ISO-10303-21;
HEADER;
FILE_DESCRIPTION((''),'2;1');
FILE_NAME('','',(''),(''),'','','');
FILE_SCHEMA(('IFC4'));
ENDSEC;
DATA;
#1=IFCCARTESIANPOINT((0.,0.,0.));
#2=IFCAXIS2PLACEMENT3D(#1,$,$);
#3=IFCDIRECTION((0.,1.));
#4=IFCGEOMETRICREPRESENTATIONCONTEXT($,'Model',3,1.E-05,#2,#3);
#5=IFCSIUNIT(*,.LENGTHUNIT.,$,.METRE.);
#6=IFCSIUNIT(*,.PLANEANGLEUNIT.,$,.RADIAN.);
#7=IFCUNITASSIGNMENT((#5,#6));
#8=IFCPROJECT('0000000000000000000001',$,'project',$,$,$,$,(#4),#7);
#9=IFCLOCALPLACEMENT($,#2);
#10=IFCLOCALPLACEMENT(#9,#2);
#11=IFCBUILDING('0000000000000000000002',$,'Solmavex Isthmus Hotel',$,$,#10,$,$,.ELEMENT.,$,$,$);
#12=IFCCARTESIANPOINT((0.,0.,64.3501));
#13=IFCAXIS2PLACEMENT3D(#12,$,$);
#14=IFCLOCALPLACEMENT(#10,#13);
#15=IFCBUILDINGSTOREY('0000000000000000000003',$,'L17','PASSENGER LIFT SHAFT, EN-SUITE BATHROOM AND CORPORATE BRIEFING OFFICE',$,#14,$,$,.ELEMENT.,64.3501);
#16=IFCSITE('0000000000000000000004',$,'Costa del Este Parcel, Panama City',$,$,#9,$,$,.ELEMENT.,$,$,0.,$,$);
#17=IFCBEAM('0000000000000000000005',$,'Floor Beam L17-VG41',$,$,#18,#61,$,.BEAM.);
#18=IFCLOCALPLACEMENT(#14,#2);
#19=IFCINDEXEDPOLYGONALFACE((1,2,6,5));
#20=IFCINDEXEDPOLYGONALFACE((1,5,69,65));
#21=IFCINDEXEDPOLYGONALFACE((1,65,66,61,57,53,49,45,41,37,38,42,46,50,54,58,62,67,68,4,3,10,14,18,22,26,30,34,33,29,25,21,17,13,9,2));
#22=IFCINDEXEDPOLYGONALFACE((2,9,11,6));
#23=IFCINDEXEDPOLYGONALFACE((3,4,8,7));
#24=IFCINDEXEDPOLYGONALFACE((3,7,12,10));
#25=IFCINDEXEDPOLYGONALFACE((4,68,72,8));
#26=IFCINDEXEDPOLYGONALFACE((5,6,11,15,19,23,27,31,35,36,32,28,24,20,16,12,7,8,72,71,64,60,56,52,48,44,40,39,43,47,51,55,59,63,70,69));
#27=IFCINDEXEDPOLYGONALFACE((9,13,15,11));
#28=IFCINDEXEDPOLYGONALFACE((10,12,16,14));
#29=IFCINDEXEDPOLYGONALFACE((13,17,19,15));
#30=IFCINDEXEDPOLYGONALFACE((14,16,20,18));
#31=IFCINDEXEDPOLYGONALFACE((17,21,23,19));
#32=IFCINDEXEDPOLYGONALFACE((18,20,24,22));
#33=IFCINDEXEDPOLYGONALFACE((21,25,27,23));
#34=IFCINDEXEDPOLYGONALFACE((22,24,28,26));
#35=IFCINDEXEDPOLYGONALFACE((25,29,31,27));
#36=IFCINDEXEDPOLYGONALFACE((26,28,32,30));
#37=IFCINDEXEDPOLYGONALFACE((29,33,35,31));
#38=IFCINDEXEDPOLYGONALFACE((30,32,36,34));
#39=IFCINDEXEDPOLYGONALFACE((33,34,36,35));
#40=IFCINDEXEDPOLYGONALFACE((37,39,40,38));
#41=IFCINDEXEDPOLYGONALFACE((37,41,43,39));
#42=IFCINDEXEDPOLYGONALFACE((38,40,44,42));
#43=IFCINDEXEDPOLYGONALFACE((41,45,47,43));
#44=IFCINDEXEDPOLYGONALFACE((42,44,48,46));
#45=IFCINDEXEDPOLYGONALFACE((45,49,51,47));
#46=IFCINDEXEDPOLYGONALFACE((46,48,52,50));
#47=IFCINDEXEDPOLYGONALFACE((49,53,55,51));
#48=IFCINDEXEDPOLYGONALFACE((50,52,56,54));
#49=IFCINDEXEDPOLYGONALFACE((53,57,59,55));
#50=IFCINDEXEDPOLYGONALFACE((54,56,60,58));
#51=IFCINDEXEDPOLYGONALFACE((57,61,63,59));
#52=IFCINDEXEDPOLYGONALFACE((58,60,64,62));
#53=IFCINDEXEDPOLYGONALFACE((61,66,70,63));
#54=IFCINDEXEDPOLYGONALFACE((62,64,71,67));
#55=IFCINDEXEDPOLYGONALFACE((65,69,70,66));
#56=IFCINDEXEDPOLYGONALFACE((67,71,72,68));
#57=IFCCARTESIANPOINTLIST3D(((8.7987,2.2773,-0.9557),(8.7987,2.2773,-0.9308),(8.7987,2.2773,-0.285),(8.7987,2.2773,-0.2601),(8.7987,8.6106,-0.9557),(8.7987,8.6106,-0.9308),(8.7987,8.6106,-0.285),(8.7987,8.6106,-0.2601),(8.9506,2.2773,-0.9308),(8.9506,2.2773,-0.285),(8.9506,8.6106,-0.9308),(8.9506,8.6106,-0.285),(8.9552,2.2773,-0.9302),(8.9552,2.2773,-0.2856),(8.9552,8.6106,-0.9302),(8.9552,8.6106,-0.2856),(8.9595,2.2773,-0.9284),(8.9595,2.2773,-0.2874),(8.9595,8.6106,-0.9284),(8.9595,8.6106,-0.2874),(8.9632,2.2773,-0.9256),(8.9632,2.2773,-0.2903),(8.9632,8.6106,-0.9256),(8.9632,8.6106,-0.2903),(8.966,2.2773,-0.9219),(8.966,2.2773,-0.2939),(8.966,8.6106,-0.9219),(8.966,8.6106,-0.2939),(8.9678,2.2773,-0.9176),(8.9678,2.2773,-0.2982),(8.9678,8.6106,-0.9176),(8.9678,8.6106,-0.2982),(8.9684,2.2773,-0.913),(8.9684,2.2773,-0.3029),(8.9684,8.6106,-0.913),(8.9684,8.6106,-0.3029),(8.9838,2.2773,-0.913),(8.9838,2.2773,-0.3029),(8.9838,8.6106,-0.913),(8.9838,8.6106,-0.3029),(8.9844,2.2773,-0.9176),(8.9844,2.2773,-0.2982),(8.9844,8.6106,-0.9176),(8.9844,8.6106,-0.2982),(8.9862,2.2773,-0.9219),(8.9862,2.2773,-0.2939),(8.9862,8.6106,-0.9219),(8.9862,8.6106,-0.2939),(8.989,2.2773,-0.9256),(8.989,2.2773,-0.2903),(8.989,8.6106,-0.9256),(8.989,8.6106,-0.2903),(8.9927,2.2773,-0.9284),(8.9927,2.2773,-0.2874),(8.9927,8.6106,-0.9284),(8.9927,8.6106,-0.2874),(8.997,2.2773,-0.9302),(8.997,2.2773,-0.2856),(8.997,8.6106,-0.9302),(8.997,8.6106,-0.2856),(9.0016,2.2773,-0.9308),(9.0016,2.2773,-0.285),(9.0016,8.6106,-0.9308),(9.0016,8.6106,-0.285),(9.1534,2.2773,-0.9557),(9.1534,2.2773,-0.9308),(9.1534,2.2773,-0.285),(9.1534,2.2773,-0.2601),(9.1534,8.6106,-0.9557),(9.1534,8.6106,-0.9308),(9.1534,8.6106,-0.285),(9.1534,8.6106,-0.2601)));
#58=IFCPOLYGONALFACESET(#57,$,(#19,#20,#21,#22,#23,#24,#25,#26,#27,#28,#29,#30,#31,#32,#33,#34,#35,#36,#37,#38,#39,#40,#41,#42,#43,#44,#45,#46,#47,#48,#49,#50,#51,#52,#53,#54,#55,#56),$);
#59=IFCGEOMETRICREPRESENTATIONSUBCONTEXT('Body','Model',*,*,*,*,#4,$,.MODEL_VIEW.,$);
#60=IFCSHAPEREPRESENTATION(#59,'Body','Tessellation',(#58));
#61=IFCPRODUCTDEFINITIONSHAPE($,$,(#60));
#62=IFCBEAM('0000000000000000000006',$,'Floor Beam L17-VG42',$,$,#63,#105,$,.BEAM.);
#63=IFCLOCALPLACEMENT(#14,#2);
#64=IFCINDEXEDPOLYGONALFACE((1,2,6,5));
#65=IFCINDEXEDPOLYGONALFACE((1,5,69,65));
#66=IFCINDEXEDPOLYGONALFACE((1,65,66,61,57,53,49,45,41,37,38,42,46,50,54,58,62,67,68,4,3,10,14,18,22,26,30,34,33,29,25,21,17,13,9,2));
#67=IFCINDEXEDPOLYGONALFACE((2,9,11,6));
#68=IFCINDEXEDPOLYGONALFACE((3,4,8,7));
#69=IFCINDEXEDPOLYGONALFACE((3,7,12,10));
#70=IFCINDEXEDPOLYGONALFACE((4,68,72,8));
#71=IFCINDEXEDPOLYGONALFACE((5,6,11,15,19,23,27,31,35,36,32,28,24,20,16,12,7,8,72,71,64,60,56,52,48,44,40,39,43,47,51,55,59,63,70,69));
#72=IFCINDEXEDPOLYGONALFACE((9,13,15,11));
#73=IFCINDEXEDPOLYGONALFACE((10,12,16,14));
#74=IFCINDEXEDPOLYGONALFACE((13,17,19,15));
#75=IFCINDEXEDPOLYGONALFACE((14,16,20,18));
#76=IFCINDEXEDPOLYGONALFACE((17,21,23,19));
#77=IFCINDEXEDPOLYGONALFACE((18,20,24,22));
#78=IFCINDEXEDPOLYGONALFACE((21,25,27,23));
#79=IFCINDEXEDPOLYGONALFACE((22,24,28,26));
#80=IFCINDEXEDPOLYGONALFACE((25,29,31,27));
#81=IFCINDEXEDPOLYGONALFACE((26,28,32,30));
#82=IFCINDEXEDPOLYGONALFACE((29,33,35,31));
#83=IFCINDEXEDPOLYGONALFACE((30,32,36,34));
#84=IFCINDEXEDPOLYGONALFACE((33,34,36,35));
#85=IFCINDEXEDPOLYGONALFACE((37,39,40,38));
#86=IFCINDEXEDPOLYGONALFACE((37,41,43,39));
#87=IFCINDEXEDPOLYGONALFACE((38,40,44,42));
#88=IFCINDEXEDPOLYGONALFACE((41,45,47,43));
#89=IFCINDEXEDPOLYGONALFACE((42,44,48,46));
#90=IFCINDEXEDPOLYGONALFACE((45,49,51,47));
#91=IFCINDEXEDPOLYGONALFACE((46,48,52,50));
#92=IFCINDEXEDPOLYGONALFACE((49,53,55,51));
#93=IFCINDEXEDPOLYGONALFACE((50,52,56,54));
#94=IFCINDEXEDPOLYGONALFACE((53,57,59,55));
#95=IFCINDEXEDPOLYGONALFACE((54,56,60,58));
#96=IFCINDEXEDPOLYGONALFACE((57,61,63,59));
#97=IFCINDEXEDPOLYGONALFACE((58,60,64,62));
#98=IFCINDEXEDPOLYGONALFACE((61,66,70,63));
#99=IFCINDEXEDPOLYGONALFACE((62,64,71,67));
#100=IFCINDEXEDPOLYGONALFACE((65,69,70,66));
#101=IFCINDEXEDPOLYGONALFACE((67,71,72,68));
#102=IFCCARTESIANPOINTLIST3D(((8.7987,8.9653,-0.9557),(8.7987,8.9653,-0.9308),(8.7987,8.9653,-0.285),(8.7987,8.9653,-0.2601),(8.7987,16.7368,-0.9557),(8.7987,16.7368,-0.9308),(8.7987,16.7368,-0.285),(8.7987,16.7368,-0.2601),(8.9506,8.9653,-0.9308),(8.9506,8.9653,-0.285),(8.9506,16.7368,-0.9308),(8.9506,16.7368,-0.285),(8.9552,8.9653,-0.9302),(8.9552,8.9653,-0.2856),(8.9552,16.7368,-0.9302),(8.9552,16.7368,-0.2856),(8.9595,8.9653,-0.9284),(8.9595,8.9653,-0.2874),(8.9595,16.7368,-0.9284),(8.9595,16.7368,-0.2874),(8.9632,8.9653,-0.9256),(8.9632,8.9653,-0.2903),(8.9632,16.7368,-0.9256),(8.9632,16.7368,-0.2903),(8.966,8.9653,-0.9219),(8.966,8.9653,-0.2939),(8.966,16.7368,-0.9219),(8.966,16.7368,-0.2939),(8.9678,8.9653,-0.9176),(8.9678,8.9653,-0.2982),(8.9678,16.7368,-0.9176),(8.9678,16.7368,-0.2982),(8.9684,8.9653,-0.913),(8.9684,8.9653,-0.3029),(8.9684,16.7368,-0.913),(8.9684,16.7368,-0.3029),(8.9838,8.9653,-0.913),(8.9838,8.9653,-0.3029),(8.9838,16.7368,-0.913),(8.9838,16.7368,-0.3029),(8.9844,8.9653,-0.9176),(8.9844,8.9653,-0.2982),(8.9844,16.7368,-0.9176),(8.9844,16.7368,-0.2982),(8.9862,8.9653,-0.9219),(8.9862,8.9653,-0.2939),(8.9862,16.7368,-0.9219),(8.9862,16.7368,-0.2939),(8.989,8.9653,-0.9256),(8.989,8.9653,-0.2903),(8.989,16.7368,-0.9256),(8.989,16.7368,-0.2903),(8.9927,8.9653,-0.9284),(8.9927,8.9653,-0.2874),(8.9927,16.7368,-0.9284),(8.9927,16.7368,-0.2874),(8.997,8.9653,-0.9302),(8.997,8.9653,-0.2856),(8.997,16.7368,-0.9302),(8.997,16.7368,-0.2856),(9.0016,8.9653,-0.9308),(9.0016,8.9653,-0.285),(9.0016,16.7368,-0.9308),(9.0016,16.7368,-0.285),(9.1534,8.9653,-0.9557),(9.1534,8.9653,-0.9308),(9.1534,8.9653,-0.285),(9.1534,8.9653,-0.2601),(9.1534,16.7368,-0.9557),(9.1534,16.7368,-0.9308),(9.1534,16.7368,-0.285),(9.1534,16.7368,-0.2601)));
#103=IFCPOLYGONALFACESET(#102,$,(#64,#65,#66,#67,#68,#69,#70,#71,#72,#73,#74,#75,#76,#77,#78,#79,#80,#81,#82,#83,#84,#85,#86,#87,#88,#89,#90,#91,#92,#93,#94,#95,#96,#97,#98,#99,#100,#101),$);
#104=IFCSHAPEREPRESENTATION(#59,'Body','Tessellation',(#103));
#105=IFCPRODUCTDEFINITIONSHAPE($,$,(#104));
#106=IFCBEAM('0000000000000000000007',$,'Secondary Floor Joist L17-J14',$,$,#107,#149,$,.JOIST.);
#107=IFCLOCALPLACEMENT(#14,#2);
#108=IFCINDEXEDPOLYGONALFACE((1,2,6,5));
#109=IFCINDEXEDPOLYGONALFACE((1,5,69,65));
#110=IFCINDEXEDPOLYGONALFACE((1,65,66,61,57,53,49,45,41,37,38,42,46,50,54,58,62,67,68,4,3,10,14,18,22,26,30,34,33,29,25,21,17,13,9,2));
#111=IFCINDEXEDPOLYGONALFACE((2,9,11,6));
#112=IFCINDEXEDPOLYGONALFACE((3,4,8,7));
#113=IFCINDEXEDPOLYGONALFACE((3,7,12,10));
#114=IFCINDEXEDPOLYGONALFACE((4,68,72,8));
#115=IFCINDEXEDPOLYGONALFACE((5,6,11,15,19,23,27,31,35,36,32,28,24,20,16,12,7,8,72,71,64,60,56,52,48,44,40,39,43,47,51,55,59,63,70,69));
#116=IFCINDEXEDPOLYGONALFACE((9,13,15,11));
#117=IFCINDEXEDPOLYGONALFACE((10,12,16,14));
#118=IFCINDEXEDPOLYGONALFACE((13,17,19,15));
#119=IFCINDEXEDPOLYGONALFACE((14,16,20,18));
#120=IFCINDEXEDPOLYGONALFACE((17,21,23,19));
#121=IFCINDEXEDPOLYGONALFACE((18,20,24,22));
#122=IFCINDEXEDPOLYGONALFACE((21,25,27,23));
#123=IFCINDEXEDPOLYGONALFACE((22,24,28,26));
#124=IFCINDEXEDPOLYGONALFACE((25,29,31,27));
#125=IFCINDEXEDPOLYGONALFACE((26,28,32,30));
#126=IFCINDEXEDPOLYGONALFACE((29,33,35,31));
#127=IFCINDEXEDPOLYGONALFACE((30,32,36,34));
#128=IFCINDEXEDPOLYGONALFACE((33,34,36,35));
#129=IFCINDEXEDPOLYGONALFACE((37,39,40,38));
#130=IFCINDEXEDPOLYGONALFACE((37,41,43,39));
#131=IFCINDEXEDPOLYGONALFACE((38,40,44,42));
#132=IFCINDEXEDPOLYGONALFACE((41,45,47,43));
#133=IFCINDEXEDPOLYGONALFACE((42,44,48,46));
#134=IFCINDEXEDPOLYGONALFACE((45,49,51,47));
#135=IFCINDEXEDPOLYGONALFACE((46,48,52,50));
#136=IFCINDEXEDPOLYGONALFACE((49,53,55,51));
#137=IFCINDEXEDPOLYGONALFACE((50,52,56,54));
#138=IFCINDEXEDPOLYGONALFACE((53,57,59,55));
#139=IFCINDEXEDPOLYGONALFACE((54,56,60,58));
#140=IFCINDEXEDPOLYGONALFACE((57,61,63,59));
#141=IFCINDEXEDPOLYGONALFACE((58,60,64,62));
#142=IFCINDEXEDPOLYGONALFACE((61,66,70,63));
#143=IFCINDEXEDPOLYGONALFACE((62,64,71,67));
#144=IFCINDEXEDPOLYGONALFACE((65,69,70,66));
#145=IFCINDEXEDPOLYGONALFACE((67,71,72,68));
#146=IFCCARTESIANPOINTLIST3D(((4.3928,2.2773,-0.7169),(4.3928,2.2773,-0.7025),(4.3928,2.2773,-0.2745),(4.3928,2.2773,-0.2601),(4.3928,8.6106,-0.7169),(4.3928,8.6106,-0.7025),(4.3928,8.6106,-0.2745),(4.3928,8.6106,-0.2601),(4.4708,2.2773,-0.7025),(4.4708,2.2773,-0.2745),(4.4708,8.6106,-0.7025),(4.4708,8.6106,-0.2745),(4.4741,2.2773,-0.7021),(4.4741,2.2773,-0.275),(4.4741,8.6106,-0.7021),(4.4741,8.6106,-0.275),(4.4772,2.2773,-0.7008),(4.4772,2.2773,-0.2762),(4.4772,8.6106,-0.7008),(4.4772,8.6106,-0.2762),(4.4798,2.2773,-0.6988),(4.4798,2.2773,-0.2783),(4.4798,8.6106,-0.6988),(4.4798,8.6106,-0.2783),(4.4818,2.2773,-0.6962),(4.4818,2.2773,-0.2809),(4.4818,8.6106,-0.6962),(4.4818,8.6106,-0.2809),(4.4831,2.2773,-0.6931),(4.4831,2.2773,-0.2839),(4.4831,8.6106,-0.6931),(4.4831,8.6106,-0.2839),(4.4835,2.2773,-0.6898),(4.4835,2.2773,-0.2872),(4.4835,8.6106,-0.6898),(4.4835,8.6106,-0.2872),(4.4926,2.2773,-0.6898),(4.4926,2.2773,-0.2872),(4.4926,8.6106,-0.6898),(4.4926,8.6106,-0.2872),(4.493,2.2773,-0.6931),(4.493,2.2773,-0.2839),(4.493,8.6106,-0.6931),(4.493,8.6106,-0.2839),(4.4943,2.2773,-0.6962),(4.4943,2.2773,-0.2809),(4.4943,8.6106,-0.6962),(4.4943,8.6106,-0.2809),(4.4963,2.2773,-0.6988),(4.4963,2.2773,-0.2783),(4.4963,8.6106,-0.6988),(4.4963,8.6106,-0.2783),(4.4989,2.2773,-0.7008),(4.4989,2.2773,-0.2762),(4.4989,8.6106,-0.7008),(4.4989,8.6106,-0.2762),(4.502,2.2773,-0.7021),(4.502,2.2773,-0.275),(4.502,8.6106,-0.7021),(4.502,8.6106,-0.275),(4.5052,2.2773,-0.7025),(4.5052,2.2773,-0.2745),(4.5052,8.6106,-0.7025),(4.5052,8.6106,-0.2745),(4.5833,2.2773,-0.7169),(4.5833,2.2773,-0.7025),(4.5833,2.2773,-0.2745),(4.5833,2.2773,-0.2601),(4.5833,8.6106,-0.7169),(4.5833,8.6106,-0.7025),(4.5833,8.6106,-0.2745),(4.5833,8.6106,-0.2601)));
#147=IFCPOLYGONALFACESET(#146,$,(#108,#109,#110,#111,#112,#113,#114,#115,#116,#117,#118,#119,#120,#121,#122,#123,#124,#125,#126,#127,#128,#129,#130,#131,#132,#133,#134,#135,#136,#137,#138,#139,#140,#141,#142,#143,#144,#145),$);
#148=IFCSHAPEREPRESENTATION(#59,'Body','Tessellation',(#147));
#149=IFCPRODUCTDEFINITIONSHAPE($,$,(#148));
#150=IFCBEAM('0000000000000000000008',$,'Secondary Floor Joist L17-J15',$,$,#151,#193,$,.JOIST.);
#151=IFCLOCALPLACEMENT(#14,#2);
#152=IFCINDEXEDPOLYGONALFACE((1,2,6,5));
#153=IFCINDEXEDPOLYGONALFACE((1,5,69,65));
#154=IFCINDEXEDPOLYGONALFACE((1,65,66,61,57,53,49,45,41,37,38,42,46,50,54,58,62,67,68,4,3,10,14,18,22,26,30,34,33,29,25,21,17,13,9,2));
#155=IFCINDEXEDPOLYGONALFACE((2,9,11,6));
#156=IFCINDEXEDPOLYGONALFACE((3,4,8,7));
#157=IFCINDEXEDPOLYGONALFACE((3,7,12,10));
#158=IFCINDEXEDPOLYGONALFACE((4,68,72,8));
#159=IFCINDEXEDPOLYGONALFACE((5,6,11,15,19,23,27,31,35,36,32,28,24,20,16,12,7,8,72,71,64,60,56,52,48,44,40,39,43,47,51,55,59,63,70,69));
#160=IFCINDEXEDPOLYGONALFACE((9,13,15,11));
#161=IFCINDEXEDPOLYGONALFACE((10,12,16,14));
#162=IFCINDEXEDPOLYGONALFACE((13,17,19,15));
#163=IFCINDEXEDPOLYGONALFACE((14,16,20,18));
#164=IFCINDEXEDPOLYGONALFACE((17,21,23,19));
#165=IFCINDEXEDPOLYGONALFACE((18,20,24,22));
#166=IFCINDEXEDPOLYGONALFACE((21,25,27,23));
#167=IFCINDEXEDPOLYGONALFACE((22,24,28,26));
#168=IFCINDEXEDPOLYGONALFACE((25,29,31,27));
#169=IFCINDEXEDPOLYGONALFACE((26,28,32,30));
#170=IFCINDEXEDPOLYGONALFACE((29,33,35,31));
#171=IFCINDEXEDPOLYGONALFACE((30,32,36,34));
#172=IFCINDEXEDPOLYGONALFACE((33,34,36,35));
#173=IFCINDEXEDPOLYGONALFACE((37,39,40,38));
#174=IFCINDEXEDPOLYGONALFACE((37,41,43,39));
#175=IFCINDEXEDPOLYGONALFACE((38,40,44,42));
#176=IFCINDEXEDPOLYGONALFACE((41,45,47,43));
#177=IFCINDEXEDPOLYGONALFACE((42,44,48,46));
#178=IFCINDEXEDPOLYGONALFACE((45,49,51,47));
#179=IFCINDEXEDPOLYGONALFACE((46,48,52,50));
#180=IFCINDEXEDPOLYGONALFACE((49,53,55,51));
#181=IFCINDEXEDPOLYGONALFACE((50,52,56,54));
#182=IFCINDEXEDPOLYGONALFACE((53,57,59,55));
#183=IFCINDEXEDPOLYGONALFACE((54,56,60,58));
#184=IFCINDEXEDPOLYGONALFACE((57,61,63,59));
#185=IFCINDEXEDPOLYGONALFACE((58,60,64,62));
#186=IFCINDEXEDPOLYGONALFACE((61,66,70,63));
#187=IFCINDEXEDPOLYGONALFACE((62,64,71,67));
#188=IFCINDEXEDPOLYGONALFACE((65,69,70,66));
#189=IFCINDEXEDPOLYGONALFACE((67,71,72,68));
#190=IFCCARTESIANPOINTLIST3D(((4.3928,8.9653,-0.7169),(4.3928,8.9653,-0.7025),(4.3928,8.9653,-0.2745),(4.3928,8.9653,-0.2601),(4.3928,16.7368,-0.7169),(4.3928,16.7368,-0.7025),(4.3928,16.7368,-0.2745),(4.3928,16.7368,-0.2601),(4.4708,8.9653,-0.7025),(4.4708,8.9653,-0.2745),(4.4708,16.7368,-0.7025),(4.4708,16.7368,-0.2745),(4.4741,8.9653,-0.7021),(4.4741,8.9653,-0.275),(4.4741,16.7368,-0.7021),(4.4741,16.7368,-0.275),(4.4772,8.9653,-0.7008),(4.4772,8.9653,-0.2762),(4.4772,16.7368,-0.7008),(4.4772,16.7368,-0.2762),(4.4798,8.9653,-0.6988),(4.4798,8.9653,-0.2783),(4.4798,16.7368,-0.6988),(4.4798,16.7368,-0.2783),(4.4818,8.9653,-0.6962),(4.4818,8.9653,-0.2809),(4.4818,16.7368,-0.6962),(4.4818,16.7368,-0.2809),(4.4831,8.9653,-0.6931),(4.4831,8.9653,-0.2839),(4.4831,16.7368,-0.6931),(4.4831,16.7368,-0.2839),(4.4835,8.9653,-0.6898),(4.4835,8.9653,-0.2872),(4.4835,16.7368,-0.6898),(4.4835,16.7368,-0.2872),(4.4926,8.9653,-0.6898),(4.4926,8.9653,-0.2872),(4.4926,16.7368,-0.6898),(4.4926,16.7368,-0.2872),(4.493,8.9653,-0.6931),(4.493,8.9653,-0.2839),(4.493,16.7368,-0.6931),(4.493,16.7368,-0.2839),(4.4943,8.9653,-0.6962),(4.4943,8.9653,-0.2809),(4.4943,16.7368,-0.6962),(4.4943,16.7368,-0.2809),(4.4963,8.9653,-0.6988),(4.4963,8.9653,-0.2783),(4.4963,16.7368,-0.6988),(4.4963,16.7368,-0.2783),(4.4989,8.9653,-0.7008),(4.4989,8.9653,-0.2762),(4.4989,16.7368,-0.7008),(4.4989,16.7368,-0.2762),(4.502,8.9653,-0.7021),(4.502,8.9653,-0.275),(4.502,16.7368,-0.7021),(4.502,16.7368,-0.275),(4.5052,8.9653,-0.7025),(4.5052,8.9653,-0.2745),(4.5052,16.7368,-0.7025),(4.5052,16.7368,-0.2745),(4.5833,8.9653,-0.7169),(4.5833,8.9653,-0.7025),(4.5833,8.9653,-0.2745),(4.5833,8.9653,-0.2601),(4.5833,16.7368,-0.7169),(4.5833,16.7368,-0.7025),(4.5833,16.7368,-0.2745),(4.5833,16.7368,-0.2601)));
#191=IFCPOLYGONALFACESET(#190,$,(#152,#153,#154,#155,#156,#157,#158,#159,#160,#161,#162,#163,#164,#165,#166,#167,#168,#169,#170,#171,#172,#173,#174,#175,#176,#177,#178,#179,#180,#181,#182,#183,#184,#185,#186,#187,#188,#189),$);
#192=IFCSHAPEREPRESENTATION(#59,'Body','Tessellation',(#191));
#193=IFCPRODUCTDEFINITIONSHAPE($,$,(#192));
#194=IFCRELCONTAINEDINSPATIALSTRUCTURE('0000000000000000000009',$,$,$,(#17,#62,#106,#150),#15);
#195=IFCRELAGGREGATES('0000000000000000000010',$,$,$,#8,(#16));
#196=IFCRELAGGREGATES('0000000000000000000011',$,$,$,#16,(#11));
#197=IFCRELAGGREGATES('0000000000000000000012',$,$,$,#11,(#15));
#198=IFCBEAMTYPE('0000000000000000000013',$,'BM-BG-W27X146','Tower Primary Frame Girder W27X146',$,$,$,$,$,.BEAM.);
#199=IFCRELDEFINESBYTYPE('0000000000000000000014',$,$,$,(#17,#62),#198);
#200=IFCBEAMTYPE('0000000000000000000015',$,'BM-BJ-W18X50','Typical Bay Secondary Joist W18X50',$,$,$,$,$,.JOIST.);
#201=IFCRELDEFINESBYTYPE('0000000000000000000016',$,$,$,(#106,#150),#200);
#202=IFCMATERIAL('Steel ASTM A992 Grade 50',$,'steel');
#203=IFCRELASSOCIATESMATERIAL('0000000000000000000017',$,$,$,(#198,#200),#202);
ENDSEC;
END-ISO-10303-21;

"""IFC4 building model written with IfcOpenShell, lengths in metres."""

from ifc_helpers import new_model, si_unit, direction, frame, origin, origin_2d, place, context, subcontext, project, spatial, i_section, extrude, material, material_profile, profile_set, type_object, element, save


model = new_model("IFC4")

# Units and contexts
model_context = context("Model", 3, precision=1e-05, world=origin(), true_north=direction((0.0, 1.0)))
body_context = subcontext(model_context, "Body", "Model", "MODEL_VIEW")
ifc_project = project(units=[si_unit("LENGTHUNIT", "METRE"), si_unit("PLANEANGLEUNIT", "RADIAN")], contexts=[model_context])

# Site, building, storey
site_placement = place(None, origin())
site = spatial("IfcSite", under=ifc_project, at=site_placement, Name="Costa del Este Parcel, Panama City", CompositionType="ELEMENT", RefElevation=0.0)
building_placement = place(site_placement, origin())
building = spatial("IfcBuilding", under=site, at=building_placement, Name="Solmavex Isthmus Hotel", CompositionType="ELEMENT")
storey_placement = place(building_placement, frame((0.0, 0.0, 64.3501)))
storey = spatial("IfcBuildingStorey", under=building, at=storey_placement, Name="L17", Description="PASSENGER LIFT SHAFT, EN-SUITE BATHROOM AND CORPORATE BRIEFING OFFICE", CompositionType="ELEMENT", Elevation=64.3501)

# Beams
ifc_material_1 = material(Name="Steel ASTM A992 Grade 50", Category="steel")
ifc_material_profile_1 = material_profile(ifc_material_1, i_section(OverallWidth=0.3547, OverallDepth=0.6956, WebThickness=0.0154, FlangeThickness=0.0249, FilletRadius=0.0178, at=origin_2d()), Name="W27X146")
ifc_profile_set_1 = profile_set([ifc_material_profile_1], Name="Steel ASTM A992 Grade 50")
beam_type_1 = type_object("IfcBeamType", Name="BM-BG-W27X146", Description="Tower Primary Frame Girder W27X146", PredefinedType="BEAM", material=ifc_profile_set_1)
beam_1_placement = place(storey_placement, frame((8.9761, 2.2773, -0.6079), z_axis=(0.0, 1.0, 0.0), x_axis=(-1.0, 0.0, 0.0)))
element("IfcBeam", 1, at=beam_1_placement, inside=storey, type_object=beam_type_1, Name="Floor Beam L17-VG41", PredefinedType="BEAM", context=body_context, shape_type="SweptSolid", body=[
    extrude(i_section(OverallWidth=0.3547, OverallDepth=0.6956, WebThickness=0.0154, FlangeThickness=0.0249, FilletRadius=0.0178, at=origin_2d()), origin(), (0.0, 0.0, 1.0), 6.3333),
])
beam_2_placement = place(storey_placement, frame((8.9761, 8.9653, -0.6079), z_axis=(0.0, 1.0, 0.0), x_axis=(-1.0, 0.0, 0.0)))
element("IfcBeam", 2, at=beam_2_placement, inside=storey, type_object=beam_type_1, Name="Floor Beam L17-VG42", PredefinedType="BEAM", context=body_context, shape_type="SweptSolid", body=[
    extrude(i_section(OverallWidth=0.3547, OverallDepth=0.6956, WebThickness=0.0154, FlangeThickness=0.0249, FilletRadius=0.0178, at=origin_2d()), origin(), (0.0, 0.0, 1.0), 7.7715),
])
ifc_material_profile_2 = material_profile(ifc_material_1, i_section(OverallWidth=0.1904, OverallDepth=0.4568, WebThickness=0.009, FlangeThickness=0.0144, FilletRadius=0.0127, at=origin_2d()), Name="W18X50")
ifc_profile_set_2 = profile_set([ifc_material_profile_2], Name="Steel ASTM A992 Grade 50")
beam_type_2 = type_object("IfcBeamType", Name="BM-BJ-W18X50", Description="Typical Bay Secondary Joist W18X50", PredefinedType="JOIST", material=ifc_profile_set_2)
beam_3_placement = place(storey_placement, frame((4.488, 2.2773, -0.4885), z_axis=(0.0, 1.0, 0.0), x_axis=(-1.0, 0.0, 0.0)))
element("IfcBeam", 3, at=beam_3_placement, inside=storey, type_object=beam_type_2, Name="Secondary Floor Joist L17-J14", PredefinedType="JOIST", context=body_context, shape_type="SweptSolid", body=[
    extrude(i_section(OverallWidth=0.1904, OverallDepth=0.4568, WebThickness=0.009, FlangeThickness=0.0144, FilletRadius=0.0127, at=origin_2d()), origin(), (0.0, 0.0, 1.0), 6.3333),
])
beam_4_placement = place(storey_placement, frame((4.488, 8.9653, -0.4885), z_axis=(0.0, 1.0, 0.0), x_axis=(-1.0, 0.0, 0.0)))
element("IfcBeam", 4, at=beam_4_placement, inside=storey, type_object=beam_type_2, Name="Secondary Floor Joist L17-J15", PredefinedType="JOIST", context=body_context, shape_type="SweptSolid", body=[
    extrude(i_section(OverallWidth=0.1904, OverallDepth=0.4568, WebThickness=0.009, FlangeThickness=0.0144, FilletRadius=0.0127, at=origin_2d()), origin(), (0.0, 0.0, 1.0), 7.7715),
])

save(model, "model.ifc")
